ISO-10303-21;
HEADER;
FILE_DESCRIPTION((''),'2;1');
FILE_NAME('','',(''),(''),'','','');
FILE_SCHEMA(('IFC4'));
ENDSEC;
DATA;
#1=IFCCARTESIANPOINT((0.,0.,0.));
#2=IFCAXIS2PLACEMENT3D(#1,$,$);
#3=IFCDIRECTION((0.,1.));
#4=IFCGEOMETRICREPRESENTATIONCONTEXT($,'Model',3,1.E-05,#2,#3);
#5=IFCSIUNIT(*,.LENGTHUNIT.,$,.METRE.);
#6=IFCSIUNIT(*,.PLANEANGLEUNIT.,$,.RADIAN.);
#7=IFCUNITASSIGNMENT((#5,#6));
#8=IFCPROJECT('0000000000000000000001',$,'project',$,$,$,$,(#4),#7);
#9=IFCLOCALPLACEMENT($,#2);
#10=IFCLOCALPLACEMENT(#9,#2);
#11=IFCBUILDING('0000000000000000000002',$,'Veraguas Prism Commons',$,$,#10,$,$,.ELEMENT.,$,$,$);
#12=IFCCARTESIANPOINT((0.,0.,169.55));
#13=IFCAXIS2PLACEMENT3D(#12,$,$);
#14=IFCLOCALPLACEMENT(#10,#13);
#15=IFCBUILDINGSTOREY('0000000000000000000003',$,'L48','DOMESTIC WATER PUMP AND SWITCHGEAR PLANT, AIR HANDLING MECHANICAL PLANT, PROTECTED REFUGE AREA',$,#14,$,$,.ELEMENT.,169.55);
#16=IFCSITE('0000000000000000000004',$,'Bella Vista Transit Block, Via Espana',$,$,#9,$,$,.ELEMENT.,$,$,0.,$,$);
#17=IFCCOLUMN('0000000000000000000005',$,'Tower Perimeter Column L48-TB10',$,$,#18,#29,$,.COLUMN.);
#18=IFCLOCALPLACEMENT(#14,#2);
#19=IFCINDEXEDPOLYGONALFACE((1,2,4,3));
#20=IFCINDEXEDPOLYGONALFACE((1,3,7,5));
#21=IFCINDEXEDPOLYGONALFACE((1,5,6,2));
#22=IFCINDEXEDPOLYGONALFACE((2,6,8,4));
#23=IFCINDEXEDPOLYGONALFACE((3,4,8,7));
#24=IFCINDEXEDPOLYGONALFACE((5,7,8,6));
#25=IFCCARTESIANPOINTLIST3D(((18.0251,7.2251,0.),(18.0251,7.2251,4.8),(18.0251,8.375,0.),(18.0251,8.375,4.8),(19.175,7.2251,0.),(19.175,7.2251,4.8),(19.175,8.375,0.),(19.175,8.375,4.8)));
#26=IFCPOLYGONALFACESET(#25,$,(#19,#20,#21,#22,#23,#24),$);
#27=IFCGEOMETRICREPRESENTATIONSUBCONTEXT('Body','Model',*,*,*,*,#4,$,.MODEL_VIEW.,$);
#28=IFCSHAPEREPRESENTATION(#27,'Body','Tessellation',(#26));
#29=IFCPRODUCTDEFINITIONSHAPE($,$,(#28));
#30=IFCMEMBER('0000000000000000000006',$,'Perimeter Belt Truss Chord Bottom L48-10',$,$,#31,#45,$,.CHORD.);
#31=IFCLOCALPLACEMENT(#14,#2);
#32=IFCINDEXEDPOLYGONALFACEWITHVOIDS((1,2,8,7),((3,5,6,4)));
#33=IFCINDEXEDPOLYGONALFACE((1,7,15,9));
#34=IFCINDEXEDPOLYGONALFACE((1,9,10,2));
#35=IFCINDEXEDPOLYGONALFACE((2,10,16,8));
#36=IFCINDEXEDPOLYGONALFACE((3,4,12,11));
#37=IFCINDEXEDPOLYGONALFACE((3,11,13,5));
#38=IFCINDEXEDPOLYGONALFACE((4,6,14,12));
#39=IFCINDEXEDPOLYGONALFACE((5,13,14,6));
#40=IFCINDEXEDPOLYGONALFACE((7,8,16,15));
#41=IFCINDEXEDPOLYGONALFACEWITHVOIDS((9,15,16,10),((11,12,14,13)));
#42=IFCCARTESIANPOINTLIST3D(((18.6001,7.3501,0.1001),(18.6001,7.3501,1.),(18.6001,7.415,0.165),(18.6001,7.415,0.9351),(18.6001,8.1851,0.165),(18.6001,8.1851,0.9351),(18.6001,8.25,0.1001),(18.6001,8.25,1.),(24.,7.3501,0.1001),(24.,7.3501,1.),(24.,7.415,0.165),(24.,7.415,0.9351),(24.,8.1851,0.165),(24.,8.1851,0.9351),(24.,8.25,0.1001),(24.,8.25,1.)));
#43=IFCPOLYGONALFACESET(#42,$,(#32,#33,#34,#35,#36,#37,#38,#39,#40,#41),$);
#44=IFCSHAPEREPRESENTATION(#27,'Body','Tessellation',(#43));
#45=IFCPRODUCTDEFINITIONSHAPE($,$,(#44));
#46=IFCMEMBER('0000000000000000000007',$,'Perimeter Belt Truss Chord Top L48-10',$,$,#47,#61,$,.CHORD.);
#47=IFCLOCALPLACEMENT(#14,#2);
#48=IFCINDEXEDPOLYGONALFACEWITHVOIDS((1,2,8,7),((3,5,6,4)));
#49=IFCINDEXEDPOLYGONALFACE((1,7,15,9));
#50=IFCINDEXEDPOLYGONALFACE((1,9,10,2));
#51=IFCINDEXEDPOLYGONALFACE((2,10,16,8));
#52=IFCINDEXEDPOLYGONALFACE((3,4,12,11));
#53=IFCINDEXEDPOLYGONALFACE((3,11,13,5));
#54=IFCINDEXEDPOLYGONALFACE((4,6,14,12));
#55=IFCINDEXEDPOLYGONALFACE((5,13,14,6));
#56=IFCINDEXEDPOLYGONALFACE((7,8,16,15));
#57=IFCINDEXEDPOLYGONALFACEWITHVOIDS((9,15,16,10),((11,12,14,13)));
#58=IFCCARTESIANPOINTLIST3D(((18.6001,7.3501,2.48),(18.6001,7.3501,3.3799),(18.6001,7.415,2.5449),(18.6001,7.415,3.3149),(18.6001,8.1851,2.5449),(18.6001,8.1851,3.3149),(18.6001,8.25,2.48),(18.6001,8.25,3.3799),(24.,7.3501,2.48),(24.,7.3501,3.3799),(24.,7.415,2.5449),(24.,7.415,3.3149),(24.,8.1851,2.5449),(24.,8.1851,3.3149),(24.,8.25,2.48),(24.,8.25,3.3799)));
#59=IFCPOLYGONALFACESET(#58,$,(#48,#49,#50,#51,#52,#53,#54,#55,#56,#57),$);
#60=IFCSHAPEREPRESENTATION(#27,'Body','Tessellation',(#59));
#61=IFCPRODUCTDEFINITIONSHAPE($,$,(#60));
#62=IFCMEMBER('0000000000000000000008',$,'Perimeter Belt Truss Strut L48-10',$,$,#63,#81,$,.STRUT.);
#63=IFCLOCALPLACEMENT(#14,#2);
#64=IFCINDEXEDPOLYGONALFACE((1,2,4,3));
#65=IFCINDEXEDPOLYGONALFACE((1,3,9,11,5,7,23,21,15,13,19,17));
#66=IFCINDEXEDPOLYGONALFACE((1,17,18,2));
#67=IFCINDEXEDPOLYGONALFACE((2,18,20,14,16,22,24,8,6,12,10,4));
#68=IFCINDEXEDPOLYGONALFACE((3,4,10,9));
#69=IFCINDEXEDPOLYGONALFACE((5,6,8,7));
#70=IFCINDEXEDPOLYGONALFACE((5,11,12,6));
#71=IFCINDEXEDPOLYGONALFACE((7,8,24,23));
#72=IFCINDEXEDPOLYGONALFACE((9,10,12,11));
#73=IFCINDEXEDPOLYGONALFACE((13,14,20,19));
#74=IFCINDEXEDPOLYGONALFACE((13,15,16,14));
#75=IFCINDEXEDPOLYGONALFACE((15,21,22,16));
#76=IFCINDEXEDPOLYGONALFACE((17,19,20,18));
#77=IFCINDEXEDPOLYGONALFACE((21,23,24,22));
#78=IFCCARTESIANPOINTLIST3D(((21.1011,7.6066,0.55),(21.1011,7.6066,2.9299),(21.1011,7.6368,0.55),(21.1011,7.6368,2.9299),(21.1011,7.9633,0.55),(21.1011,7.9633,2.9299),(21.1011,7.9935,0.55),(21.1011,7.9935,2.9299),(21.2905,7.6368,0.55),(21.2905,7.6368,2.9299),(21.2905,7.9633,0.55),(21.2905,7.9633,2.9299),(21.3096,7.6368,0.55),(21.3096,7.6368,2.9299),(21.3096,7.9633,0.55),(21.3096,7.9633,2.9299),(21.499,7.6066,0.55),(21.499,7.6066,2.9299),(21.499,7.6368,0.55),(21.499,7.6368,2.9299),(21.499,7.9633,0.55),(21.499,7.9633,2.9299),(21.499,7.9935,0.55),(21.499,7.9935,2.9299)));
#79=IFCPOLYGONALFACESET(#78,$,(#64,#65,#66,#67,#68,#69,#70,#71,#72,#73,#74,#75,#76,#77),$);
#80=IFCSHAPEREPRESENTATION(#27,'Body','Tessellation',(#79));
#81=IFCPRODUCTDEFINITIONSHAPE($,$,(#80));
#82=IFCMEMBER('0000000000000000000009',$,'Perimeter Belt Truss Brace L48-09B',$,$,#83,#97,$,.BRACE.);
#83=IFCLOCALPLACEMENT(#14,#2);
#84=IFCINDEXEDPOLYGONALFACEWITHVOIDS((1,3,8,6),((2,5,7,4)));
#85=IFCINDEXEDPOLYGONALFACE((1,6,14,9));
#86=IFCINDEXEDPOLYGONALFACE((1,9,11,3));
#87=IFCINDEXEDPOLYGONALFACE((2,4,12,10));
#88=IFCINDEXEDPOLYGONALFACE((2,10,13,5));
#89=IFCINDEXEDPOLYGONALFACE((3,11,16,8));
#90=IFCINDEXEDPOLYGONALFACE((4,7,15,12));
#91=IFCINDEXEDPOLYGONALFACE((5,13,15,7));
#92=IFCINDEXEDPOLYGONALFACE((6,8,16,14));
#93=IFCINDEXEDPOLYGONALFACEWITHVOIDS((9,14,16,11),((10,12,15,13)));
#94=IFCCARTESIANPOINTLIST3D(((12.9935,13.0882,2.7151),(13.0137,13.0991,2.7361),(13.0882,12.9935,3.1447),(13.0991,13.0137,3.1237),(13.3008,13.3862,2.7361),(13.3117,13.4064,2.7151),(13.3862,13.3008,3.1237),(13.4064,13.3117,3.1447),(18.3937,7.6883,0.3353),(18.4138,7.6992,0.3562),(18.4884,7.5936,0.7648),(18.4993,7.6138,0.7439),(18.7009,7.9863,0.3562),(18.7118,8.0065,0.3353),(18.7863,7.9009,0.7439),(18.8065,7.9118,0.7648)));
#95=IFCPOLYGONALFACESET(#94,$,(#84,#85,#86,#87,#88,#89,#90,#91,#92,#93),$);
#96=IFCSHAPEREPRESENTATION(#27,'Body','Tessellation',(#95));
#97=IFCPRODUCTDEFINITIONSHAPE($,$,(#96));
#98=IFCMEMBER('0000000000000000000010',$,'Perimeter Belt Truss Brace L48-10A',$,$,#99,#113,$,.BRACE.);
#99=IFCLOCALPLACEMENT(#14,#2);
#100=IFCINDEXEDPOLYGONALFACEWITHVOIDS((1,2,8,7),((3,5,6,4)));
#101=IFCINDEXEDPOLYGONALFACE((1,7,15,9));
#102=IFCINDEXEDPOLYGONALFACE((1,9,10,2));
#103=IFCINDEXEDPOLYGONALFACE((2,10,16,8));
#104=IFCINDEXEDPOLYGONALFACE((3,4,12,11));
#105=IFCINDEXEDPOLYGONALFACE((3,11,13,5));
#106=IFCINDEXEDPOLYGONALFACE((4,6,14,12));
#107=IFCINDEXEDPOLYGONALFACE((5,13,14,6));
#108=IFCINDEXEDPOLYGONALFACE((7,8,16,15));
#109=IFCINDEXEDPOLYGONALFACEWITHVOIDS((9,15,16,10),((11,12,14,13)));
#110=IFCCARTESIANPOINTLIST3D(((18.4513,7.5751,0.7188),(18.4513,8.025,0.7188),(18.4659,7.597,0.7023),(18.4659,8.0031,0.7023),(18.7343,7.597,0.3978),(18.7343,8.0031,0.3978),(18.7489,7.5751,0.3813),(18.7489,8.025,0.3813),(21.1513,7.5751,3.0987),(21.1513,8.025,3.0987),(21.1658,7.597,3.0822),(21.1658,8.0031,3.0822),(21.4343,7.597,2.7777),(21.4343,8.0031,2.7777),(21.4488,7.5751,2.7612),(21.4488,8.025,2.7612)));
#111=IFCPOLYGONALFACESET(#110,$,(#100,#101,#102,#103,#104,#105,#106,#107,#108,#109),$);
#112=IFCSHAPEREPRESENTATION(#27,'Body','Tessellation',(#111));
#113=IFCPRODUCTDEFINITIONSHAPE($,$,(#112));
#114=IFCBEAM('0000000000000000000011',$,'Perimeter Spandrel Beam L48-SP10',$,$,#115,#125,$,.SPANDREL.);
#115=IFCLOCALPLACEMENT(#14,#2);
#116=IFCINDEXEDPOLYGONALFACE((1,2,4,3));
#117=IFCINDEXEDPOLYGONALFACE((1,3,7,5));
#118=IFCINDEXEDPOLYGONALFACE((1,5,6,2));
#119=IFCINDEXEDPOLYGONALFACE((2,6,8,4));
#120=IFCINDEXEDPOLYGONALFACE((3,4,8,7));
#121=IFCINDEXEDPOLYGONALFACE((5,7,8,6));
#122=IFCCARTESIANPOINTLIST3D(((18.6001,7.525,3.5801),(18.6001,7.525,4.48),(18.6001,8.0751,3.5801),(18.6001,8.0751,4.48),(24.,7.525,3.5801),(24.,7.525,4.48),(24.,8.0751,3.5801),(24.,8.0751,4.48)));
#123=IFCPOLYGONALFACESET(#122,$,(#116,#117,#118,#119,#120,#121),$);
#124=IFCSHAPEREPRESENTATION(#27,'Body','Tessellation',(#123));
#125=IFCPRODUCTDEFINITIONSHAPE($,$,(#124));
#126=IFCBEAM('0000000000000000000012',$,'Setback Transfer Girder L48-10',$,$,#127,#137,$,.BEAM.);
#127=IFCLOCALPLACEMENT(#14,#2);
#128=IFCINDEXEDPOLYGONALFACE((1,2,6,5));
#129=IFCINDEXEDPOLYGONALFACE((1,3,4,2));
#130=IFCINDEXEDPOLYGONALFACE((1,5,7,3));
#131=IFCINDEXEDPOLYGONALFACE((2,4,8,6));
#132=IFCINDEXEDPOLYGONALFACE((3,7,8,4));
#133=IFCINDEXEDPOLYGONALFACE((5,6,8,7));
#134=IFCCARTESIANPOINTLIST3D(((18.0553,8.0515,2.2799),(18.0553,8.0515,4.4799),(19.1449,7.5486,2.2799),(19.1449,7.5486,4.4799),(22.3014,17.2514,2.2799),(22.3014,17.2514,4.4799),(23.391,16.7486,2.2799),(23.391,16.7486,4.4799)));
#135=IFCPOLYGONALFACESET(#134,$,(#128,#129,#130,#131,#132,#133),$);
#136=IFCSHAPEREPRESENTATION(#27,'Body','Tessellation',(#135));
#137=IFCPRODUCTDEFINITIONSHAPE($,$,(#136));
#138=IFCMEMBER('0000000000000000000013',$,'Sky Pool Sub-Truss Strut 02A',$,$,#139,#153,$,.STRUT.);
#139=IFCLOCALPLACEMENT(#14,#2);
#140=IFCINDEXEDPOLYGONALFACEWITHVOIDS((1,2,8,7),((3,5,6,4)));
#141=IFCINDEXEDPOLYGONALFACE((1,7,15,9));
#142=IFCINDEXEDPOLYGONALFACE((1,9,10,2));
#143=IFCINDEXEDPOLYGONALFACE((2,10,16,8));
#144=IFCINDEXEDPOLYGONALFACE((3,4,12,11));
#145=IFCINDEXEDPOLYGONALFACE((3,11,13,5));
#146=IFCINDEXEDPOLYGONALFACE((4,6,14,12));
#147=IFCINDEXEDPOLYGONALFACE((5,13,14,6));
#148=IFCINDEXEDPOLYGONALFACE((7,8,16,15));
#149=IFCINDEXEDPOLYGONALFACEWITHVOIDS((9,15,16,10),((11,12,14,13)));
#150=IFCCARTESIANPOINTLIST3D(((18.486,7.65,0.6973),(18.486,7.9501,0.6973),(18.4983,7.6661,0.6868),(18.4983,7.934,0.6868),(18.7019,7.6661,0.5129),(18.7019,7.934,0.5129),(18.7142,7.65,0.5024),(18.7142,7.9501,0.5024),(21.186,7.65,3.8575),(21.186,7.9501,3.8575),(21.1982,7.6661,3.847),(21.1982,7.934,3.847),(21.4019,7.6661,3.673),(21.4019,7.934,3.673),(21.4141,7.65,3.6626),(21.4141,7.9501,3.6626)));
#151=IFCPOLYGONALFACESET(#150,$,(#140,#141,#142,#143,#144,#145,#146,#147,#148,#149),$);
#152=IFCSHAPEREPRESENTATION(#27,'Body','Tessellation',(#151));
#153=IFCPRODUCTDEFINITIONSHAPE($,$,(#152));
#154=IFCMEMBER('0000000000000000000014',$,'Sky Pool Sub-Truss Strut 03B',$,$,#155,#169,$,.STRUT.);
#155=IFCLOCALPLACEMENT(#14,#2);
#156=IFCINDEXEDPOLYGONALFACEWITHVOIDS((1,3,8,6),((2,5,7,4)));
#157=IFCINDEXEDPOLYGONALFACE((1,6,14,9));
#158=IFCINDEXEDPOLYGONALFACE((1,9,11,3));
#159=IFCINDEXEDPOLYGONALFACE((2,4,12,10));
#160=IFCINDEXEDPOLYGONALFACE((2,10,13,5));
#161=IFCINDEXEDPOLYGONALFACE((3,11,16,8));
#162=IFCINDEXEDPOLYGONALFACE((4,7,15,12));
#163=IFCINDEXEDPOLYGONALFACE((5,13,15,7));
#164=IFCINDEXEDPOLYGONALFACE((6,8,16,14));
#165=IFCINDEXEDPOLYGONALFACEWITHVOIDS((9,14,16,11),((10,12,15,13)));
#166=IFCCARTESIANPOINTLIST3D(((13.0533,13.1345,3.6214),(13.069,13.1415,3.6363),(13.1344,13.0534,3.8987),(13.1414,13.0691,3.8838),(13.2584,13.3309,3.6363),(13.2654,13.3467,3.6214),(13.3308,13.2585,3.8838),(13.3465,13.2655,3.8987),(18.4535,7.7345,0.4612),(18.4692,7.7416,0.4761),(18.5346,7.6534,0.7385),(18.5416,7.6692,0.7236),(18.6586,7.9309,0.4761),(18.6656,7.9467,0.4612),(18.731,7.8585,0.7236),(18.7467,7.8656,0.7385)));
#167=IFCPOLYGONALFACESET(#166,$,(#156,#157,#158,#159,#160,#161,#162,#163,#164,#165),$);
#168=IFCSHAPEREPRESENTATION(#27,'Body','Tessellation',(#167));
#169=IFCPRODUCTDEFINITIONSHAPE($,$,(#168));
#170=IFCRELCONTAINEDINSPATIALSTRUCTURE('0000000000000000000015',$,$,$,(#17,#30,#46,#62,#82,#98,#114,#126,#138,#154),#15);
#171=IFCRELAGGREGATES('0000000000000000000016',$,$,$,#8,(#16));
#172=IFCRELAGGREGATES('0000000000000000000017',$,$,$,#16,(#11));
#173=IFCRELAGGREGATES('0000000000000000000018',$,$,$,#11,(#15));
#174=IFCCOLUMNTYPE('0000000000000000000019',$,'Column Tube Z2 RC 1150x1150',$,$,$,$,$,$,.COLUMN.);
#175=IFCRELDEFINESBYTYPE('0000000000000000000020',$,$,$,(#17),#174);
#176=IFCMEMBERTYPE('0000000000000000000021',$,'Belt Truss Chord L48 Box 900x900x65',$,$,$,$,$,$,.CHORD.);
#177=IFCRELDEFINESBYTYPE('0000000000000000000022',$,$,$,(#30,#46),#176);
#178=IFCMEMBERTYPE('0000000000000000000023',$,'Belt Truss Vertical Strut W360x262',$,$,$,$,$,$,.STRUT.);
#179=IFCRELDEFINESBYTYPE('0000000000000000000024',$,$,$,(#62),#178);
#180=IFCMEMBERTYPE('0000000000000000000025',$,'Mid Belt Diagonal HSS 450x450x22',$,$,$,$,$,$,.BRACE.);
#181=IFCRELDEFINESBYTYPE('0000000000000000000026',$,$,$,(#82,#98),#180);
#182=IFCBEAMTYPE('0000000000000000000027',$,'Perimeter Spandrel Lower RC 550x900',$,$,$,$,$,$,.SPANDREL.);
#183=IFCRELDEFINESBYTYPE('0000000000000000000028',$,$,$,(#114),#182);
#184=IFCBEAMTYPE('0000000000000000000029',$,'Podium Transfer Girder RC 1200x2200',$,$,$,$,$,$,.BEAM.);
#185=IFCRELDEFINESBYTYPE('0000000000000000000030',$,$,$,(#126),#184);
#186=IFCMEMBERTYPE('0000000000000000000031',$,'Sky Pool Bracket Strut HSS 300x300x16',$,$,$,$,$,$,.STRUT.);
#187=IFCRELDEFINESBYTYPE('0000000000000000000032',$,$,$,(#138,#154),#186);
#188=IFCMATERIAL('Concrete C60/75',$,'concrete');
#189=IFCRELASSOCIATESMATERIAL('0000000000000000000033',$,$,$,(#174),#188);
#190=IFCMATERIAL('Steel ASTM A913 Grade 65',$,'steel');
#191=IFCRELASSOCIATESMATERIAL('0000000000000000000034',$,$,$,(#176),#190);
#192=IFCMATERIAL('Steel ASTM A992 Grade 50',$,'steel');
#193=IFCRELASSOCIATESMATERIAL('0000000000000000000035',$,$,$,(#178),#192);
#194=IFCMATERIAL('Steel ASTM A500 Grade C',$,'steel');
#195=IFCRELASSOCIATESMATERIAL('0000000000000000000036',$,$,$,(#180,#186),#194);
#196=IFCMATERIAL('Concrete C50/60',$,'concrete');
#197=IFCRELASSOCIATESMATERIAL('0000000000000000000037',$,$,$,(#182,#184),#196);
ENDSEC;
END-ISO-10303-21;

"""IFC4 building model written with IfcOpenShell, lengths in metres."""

from ifc_helpers import new_model, si_unit, direction, frame, origin, origin_2d, place, context, subcontext, project, spatial, rectangle, hollow_rectangle, i_section, extrude, material, material_profile, profile_set, type_object, element, save


model = new_model("IFC4")

# Units and contexts
model_context = context("Model", 3, precision=1e-05, world=origin(), true_north=direction((0.0, 1.0)))
body_context = subcontext(model_context, "Body", "Model", "MODEL_VIEW")
ifc_project = project(units=[si_unit("LENGTHUNIT", "METRE"), si_unit("PLANEANGLEUNIT", "RADIAN")], contexts=[model_context])

# Site, building, storey
site_placement = place(None, origin())
site = spatial("IfcSite", under=ifc_project, at=site_placement, Name="Bella Vista Transit Block, Via Espana", CompositionType="ELEMENT", RefElevation=0.0)
building_placement = place(site_placement, origin())
building = spatial("IfcBuilding", under=site, at=building_placement, Name="Veraguas Prism Commons", CompositionType="ELEMENT")
storey_placement = place(building_placement, frame((0.0, 0.0, 169.55)))
storey = spatial("IfcBuildingStorey", under=building, at=storey_placement, Name="L48", Description="DOMESTIC WATER PUMP AND SWITCHGEAR PLANT, AIR HANDLING MECHANICAL PLANT, PROTECTED REFUGE AREA", CompositionType="ELEMENT", Elevation=169.55)

# Column
ifc_material_1 = material(Name="Concrete C60/75", Category="concrete")
ifc_material_profile_1 = material_profile(ifc_material_1, rectangle(XDim=1.1499, YDim=1.1499, at=origin_2d()), Name="RC1150X1150")
ifc_profile_set_1 = profile_set([ifc_material_profile_1], Name="Concrete C60/75")
column_type = type_object("IfcColumnType", Name="Column Tube Z2 RC 1150x1150", PredefinedType="COLUMN", material=ifc_profile_set_1)
column_placement = place(storey_placement, frame((18.6001, 7.8, 0.0), z_axis=(0.0, 0.0, 1.0), x_axis=(1.0, 0.0, 0.0)))
element("IfcColumn", 1, at=column_placement, inside=storey, type_object=column_type, Name="Tower Perimeter Column L48-TB10", PredefinedType="COLUMN", context=body_context, shape_type="SweptSolid", body=[
    extrude(rectangle(XDim=1.1499, YDim=1.1499, at=origin_2d()), origin(), (0.0, 0.0, 1.0), 4.8),
])

# Members
ifc_material_2 = material(Name="Steel ASTM A913 Grade 65", Category="steel")
ifc_material_profile_2 = material_profile(ifc_material_2, hollow_rectangle(XDim=0.8999, YDim=0.8999, WallThickness=0.0649, at=origin_2d()), Name="BOX900X900X65")
ifc_profile_set_2 = profile_set([ifc_material_profile_2], Name="Steel ASTM A913 Grade 65")
member_type_1 = type_object("IfcMemberType", Name="Belt Truss Chord L48 Box 900x900x65", PredefinedType="CHORD", material=ifc_profile_set_2)
for number, where, z_axis, x_axis, name in (
    (2, (18.6001, 7.8, 0.55), (1.0, 0.0, 0.0), (0.0, 1.0, 0.0), "Perimeter Belt Truss Chord Bottom L48-10"),
    (3, (18.6001, 7.8, 2.9299), (1.0, 0.0, 0.0), (0.0, 1.0, 0.0), "Perimeter Belt Truss Chord Top L48-10"),
):
    element("IfcMember", number, at=place(storey_placement, frame(where, z_axis=z_axis, x_axis=x_axis)), inside=storey, type_object=member_type_1, Name=name, PredefinedType="CHORD", context=body_context, shape_type="SweptSolid", body=[
        extrude(hollow_rectangle(XDim=0.8999, YDim=0.8999, WallThickness=0.0649, at=origin_2d()), origin(), (0.0, 0.0, 1.0), 5.3999),
    ])
ifc_material_3 = material(Name="Steel ASTM A992 Grade 50", Category="steel")
ifc_material_profile_3 = material_profile(ifc_material_3, i_section(OverallWidth=0.3979, OverallDepth=0.387, WebThickness=0.019, FlangeThickness=0.0303, at=origin_2d()), Name="W360X262")
ifc_profile_set_3 = profile_set([ifc_material_profile_3], Name="Steel ASTM A992 Grade 50")
member_type_2 = type_object("IfcMemberType", Name="Belt Truss Vertical Strut W360x262", PredefinedType="STRUT", material=ifc_profile_set_3)
member_1_placement = place(storey_placement, frame((21.3, 7.8, 0.55), z_axis=(0.0, 0.0, 1.0), x_axis=(1.0, 0.0, 0.0)))
element("IfcMember", 4, at=member_1_placement, inside=storey, type_object=member_type_2, Name="Perimeter Belt Truss Strut L48-10", PredefinedType="STRUT", context=body_context, shape_type="SweptSolid", body=[
    extrude(i_section(OverallWidth=0.3979, OverallDepth=0.387, WebThickness=0.019, FlangeThickness=0.0303, at=origin_2d()), origin(), (0.0, 0.0, 1.0), 2.3799),
])
ifc_material_4 = material(Name="Steel ASTM A500 Grade C", Category="steel")
ifc_material_profile_4 = material_profile(ifc_material_4, hollow_rectangle(XDim=0.45, YDim=0.45, WallThickness=0.022, at=origin_2d()), Name="HSS450X450X22")
ifc_profile_set_4 = profile_set([ifc_material_profile_4], Name="Steel ASTM A500 Grade C")
member_type_3 = type_object("IfcMemberType", Name="Mid Belt Diagonal HSS 450x450x22", PredefinedType="BRACE", material=ifc_profile_set_4)
member_2_placement = place(storey_placement, frame((18.6001, 7.8, 0.55), z_axis=(-0.675101, 0.67507, 0.297522), x_axis=(-0.707091, -0.707123, 0.0)))
element("IfcMember", 5, at=member_2_placement, inside=storey, type_object=member_type_3, Name="Perimeter Belt Truss Brace L48-09B", PredefinedType="BRACE", context=body_context, shape_type="SweptSolid", body=[
    extrude(hollow_rectangle(XDim=0.45, YDim=0.45, WallThickness=0.022, at=origin_2d()), origin(), (0.0, 0.0, 1.0), 7.999),
])
member_3_placement = place(storey_placement, frame((18.6001, 7.8, 0.55), z_axis=(0.750172, 0.0, 0.661242), x_axis=(0.0, 1.0, 0.0)))
element("IfcMember", 6, at=member_3_placement, inside=storey, type_object=member_type_3, Name="Perimeter Belt Truss Brace L48-10A", PredefinedType="BRACE", context=body_context, shape_type="SweptSolid", body=[
    extrude(hollow_rectangle(XDim=0.45, YDim=0.45, WallThickness=0.022, at=origin_2d()), origin(), (0.0, 0.0, 1.0), 3.5991),
])

# Beams
ifc_material_5 = material(Name="Concrete C50/60", Category="concrete")
ifc_material_profile_5 = material_profile(ifc_material_5, rectangle(XDim=0.55, YDim=0.8999, at=origin_2d()), Name="RC550X900")
ifc_profile_set_5 = profile_set([ifc_material_profile_5], Name="Concrete C50/60")
beam_type_1 = type_object("IfcBeamType", Name="Perimeter Spandrel Lower RC 550x900", PredefinedType="SPANDREL", material=ifc_profile_set_5)
beam_1_placement = place(storey_placement, frame((18.6001, 7.8, 4.03), z_axis=(1.0, 0.0, 0.0), x_axis=(0.0, 1.0, 0.0)))
element("IfcBeam", 7, at=beam_1_placement, inside=storey, type_object=beam_type_1, Name="Perimeter Spandrel Beam L48-SP10", PredefinedType="SPANDREL", context=body_context, shape_type="SweptSolid", body=[
    extrude(rectangle(XDim=0.55, YDim=0.8999, at=origin_2d()), origin(), (0.0, 0.0, 1.0), 5.3999),
])
ifc_material_profile_6 = material_profile(ifc_material_5, rectangle(XDim=1.2, YDim=2.2, at=origin_2d()), Name="RC1200X2200")
ifc_profile_set_6 = profile_set([ifc_material_profile_6], Name="Concrete C50/60")
beam_type_2 = type_object("IfcBeamType", Name="Podium Transfer Girder RC 1200x2200", PredefinedType="BEAM", material=ifc_profile_set_6)
beam_2_placement = place(storey_placement, frame((18.6001, 7.8, 3.3799), z_axis=(0.419055, 0.907961, 0.0), x_axis=(-0.907961, 0.419055, 0.0)))
element("IfcBeam", 8, at=beam_2_placement, inside=storey, type_object=beam_type_2, Name="Setback Transfer Girder L48-10", PredefinedType="BEAM", context=body_context, shape_type="SweptSolid", body=[
    extrude(rectangle(XDim=1.2, YDim=2.2, at=origin_2d()), origin(), (0.0, 0.0, 1.0), 10.1326),
])

# Members
ifc_material_profile_7 = material_profile(ifc_material_4, hollow_rectangle(XDim=0.3, YDim=0.3, WallThickness=0.0161, at=origin_2d()), Name="HSS300X300X16")
ifc_profile_set_7 = profile_set([ifc_material_profile_7], Name="Steel ASTM A500 Grade C")
member_type_4 = type_object("IfcMemberType", Name="Sky Pool Bracket Strut HSS 300x300x16", PredefinedType="STRUT", material=ifc_profile_set_7)
member_4_placement = place(storey_placement, frame((18.6001, 7.8, 0.5999), z_axis=(0.649576, 0.0, 0.760296), x_axis=(0.0, 1.0, 0.0)))
element("IfcMember", 9, at=member_4_placement, inside=storey, type_object=member_type_4, Name="Sky Pool Sub-Truss Strut 02A", PredefinedType="STRUT", context=body_context, shape_type="SweptSolid", body=[
    extrude(hollow_rectangle(XDim=0.3, YDim=0.3, WallThickness=0.0161, at=origin_2d()), origin(), (0.0, 0.0, 1.0), 4.1565),
])
member_5_placement = place(storey_placement, frame((18.6001, 7.8, 0.5999), z_axis=(-0.65339, 0.653361, 0.382363), x_axis=(-0.707091, -0.707123, 0.0)))
element("IfcMember", 10, at=member_5_placement, inside=storey, type_object=member_type_4, Name="Sky Pool Sub-Truss Strut 03B", PredefinedType="STRUT", context=body_context, shape_type="SweptSolid", body=[
    extrude(hollow_rectangle(XDim=0.3, YDim=0.3, WallThickness=0.0161, at=origin_2d()), origin(), (0.0, 0.0, 1.0), 8.2649),
])

save(model, "model.ifc")
